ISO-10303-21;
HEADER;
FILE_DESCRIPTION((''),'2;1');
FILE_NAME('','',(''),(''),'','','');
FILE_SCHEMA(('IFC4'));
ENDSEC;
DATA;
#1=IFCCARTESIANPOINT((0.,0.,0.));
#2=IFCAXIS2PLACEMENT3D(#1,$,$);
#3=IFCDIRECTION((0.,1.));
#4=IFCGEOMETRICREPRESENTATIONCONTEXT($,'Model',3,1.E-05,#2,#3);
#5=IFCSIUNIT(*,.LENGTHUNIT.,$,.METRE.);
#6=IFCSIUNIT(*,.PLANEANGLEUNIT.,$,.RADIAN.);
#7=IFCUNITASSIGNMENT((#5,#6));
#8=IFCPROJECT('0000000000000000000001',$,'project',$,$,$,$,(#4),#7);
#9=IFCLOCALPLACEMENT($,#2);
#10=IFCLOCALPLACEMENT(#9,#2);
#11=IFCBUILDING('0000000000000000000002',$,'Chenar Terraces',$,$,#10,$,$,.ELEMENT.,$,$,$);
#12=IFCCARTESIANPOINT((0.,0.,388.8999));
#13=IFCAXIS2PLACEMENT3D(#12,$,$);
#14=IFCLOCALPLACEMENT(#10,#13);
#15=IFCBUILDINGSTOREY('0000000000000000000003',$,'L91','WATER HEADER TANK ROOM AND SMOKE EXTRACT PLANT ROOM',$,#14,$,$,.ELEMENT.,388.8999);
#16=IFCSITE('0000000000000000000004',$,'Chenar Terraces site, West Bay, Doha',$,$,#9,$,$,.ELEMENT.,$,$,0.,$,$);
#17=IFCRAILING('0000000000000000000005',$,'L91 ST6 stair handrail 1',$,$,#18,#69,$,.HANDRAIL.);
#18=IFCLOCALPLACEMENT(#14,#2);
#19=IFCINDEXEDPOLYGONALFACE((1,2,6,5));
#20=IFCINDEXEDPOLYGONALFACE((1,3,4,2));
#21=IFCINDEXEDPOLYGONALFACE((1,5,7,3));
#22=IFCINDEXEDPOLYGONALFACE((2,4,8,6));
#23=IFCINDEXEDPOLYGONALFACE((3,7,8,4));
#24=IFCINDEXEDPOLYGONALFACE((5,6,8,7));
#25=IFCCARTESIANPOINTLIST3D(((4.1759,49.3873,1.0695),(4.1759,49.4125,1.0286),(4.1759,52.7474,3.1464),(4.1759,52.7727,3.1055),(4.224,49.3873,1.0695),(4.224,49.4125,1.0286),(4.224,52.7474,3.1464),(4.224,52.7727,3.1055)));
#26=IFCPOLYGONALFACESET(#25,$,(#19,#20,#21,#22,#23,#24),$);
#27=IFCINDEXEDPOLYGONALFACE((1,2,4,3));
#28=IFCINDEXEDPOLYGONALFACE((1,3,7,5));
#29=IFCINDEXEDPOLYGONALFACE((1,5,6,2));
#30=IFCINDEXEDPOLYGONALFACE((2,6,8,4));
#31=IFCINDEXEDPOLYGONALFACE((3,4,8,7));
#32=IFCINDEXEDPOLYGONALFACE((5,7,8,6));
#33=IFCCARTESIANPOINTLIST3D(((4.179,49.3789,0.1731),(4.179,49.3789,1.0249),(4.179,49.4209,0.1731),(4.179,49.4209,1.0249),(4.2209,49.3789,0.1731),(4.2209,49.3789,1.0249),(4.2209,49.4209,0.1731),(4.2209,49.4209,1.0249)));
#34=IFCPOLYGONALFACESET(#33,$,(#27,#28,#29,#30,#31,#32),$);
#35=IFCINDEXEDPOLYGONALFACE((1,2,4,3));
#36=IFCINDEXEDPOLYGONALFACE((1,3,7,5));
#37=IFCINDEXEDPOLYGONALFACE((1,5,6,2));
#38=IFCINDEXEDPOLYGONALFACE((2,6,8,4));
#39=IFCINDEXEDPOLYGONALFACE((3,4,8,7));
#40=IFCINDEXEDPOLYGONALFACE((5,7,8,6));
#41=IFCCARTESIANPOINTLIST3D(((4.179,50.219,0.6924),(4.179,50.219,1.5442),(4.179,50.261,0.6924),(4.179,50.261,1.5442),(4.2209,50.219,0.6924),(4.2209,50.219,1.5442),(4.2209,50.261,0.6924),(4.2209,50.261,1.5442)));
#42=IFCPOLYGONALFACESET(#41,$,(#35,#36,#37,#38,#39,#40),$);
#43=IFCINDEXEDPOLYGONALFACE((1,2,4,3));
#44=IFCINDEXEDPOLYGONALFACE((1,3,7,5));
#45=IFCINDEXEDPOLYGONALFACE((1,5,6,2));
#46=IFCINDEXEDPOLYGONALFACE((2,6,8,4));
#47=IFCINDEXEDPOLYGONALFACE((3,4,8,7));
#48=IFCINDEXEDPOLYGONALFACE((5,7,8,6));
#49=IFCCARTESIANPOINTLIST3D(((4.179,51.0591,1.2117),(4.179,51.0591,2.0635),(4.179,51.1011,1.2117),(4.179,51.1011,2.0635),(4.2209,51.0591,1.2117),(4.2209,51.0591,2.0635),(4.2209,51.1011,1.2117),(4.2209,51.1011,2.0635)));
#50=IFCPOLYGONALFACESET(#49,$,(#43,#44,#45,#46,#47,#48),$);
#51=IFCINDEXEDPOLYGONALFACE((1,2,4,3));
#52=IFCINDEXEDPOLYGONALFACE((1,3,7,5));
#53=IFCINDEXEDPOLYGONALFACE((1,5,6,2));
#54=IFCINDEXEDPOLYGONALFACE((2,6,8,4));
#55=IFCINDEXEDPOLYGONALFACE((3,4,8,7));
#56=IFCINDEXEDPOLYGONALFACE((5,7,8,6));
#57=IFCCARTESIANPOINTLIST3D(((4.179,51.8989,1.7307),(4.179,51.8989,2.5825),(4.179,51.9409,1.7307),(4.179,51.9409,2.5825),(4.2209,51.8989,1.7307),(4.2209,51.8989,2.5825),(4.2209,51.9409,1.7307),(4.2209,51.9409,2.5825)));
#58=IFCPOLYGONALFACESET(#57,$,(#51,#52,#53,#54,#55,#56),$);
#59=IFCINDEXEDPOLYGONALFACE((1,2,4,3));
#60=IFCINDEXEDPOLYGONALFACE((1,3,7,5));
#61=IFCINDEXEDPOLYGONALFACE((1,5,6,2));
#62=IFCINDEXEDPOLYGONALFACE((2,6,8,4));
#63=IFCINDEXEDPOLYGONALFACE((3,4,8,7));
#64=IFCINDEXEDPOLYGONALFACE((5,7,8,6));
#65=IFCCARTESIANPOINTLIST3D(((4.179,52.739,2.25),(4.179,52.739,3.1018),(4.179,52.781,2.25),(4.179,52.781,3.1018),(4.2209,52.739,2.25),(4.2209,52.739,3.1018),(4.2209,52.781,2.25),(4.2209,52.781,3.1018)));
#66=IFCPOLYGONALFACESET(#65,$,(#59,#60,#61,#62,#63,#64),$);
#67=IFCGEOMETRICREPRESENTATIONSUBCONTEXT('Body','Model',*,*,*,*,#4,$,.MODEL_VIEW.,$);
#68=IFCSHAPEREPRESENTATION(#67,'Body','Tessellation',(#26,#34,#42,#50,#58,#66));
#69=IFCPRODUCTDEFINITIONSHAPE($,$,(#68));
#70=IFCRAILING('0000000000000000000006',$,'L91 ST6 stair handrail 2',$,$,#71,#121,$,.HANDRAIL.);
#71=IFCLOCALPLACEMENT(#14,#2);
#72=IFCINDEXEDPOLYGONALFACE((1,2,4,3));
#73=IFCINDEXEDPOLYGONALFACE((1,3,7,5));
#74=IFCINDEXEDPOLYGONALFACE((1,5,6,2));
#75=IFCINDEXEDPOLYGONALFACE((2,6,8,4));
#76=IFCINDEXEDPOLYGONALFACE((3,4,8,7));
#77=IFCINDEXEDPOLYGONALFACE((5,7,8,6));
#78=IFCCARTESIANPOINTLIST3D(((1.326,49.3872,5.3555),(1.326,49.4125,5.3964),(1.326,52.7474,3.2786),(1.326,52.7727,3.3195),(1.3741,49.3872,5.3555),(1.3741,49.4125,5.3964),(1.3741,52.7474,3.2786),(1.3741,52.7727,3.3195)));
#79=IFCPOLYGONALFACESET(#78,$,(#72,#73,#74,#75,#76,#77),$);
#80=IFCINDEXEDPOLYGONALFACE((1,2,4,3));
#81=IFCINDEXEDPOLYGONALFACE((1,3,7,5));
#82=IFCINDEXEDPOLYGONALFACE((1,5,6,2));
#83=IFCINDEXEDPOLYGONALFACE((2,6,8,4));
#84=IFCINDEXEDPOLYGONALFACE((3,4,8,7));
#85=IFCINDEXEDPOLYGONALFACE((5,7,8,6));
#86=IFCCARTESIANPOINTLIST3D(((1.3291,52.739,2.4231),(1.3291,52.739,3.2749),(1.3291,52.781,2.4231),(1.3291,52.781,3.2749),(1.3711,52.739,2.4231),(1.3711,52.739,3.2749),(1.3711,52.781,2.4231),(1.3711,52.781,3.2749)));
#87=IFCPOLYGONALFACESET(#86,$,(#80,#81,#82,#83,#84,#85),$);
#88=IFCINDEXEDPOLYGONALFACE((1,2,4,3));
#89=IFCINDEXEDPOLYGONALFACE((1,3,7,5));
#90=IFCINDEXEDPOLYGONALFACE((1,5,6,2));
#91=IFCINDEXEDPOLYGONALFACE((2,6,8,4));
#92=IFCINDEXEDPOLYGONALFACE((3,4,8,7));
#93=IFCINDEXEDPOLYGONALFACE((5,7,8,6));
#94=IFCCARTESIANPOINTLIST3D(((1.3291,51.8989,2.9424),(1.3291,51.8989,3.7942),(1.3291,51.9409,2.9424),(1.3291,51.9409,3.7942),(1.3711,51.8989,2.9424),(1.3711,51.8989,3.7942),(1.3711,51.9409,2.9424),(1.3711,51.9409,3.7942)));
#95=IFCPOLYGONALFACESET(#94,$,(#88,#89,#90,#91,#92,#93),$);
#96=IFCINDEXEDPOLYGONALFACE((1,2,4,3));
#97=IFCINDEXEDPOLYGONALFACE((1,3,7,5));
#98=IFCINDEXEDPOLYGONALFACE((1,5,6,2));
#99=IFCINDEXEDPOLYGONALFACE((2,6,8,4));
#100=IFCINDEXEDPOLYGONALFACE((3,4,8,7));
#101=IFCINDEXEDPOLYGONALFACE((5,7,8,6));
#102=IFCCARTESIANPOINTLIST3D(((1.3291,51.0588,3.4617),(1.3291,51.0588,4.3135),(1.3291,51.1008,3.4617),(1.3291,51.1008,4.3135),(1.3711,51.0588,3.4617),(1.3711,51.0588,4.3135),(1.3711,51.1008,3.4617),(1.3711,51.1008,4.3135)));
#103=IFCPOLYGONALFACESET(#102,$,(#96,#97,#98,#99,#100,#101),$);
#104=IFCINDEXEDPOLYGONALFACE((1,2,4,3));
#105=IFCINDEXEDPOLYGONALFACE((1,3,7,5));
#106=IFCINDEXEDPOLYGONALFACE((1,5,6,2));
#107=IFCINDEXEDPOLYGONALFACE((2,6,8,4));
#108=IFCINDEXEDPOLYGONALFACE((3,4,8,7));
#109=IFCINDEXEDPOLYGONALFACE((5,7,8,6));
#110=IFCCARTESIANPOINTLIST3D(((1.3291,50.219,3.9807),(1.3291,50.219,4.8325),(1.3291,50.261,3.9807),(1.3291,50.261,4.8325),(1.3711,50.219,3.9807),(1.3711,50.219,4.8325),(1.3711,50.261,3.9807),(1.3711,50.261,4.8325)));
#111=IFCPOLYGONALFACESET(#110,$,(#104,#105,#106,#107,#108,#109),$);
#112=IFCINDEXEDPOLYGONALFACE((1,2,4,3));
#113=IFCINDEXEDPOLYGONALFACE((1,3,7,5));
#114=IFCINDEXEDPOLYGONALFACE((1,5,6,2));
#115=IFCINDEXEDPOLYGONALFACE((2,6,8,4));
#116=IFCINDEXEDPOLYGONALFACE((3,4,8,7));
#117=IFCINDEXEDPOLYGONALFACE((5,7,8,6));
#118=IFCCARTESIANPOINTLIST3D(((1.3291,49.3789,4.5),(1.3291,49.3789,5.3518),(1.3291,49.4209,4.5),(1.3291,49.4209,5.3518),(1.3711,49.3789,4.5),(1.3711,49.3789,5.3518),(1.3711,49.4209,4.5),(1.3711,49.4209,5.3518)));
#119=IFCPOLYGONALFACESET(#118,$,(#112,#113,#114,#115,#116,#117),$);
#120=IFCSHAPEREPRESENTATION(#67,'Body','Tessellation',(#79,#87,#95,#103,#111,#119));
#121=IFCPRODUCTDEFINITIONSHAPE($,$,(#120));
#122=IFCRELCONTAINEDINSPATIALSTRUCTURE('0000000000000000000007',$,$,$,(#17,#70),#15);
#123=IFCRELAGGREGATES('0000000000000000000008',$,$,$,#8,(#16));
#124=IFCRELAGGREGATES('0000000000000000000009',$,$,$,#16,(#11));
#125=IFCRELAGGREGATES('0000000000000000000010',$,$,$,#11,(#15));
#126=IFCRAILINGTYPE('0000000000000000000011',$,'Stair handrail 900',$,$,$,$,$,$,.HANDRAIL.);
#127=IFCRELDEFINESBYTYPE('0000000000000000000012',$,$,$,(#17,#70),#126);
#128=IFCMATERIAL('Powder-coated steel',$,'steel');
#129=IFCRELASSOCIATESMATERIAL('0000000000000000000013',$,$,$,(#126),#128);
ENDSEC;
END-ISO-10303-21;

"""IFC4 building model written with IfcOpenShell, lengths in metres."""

from ifc_helpers import new_model, si_unit, direction, frame, origin, origin_2d, place, context, subcontext, project, spatial, rectangle, extrude, material, type_object, element, save


model = new_model("IFC4")

# Units and contexts
model_context = context("Model", 3, precision=1e-05, world=origin(), true_north=direction((0.0, 1.0)))
body_context = subcontext(model_context, "Body", "Model", "MODEL_VIEW")
ifc_project = project(units=[si_unit("LENGTHUNIT", "METRE"), si_unit("PLANEANGLEUNIT", "RADIAN")], contexts=[model_context])

# Site, building, storey
site_placement = place(None, origin())
site = spatial("IfcSite", under=ifc_project, at=site_placement, Name="Chenar Terraces site, West Bay, Doha", CompositionType="ELEMENT", RefElevation=0.0)
building_placement = place(site_placement, origin())
building = spatial("IfcBuilding", under=site, at=building_placement, Name="Chenar Terraces", CompositionType="ELEMENT")
storey_placement = place(building_placement, frame((0.0, 0.0, 388.8999)))
storey = spatial("IfcBuildingStorey", under=building, at=storey_placement, Name="L91", Description="WATER HEADER TANK ROOM AND SMOKE EXTRACT PLANT ROOM", CompositionType="ELEMENT", Elevation=388.8999)

# Railings
ifc_material_1 = material(Name="Powder-coated steel", Category="steel")
railing_type_1 = type_object("IfcRailingType", Name="Stair handrail 900", PredefinedType="HANDRAIL", material=ifc_material_1)
railing_1_placement = place(storey_placement, frame((4.2, 49.3999, 0.1731)))
element("IfcRailing", 1, at=railing_1_placement, inside=storey, type_object=railing_type_1, Name="L91 ST6 stair handrail 1", PredefinedType="HANDRAIL", context=body_context, shape_type="SweptSolid", body=[
    extrude(rectangle(XDim=0.0481, YDim=0.0481, at=origin_2d()), frame((0.0, 0.0, 0.876), z_axis=(0.0, 0.850623, 0.525776), x_axis=(-1.0, 0.0, 0.0)), (0.0, 0.0, 1.0), 3.9502),
    extrude(rectangle(XDim=0.042, YDim=0.042, at=origin_2d()), origin(), (0.0, 0.0, 1.0), 0.8518),
    extrude(rectangle(XDim=0.042, YDim=0.042, at=origin_2d()), frame((0.0, 0.8401, 0.5193)), (0.0, 0.0, 1.0), 0.8518),
    extrude(rectangle(XDim=0.042, YDim=0.042, at=origin_2d()), frame((0.0, 1.6802, 1.0386)), (0.0, 0.0, 1.0), 0.8518),
    extrude(rectangle(XDim=0.042, YDim=0.042, at=origin_2d()), frame((0.0, 2.52, 1.5576)), (0.0, 0.0, 1.0), 0.8518),
    extrude(rectangle(XDim=0.042, YDim=0.042, at=origin_2d()), frame((0.0, 3.3601, 2.0769)), (0.0, 0.0, 1.0), 0.8518),
])
railing_2_placement = place(storey_placement, frame((1.3501, 52.76, 2.4231)))
element("IfcRailing", 2, at=railing_2_placement, inside=storey, type_object=railing_type_1, Name="L91 ST6 stair handrail 2", PredefinedType="HANDRAIL", context=body_context, shape_type="SweptSolid", body=[
    extrude(rectangle(XDim=0.0481, YDim=0.0481, at=origin_2d()), frame((0.0, 0.0, 0.876), z_axis=(0.0, -0.850623, 0.525776), x_axis=(1.0, 0.0, 0.0)), (0.0, 0.0, 1.0), 3.9502),
    extrude(rectangle(XDim=0.042, YDim=0.042, at=origin_2d()), origin(), (0.0, 0.0, 1.0), 0.8518),
    extrude(rectangle(XDim=0.042, YDim=0.042, at=origin_2d()), frame((0.0, -0.8401, 0.5193)), (0.0, 0.0, 1.0), 0.8518),
    extrude(rectangle(XDim=0.042, YDim=0.042, at=origin_2d()), frame((0.0, -1.6802, 1.0386)), (0.0, 0.0, 1.0), 0.8518),
    extrude(rectangle(XDim=0.042, YDim=0.042, at=origin_2d()), frame((0.0, -2.52, 1.5576)), (0.0, 0.0, 1.0), 0.8518),
    extrude(rectangle(XDim=0.042, YDim=0.042, at=origin_2d()), frame((0.0, -3.3601, 2.0769)), (0.0, 0.0, 1.0), 0.8518),
])

save(model, "model.ifc")
